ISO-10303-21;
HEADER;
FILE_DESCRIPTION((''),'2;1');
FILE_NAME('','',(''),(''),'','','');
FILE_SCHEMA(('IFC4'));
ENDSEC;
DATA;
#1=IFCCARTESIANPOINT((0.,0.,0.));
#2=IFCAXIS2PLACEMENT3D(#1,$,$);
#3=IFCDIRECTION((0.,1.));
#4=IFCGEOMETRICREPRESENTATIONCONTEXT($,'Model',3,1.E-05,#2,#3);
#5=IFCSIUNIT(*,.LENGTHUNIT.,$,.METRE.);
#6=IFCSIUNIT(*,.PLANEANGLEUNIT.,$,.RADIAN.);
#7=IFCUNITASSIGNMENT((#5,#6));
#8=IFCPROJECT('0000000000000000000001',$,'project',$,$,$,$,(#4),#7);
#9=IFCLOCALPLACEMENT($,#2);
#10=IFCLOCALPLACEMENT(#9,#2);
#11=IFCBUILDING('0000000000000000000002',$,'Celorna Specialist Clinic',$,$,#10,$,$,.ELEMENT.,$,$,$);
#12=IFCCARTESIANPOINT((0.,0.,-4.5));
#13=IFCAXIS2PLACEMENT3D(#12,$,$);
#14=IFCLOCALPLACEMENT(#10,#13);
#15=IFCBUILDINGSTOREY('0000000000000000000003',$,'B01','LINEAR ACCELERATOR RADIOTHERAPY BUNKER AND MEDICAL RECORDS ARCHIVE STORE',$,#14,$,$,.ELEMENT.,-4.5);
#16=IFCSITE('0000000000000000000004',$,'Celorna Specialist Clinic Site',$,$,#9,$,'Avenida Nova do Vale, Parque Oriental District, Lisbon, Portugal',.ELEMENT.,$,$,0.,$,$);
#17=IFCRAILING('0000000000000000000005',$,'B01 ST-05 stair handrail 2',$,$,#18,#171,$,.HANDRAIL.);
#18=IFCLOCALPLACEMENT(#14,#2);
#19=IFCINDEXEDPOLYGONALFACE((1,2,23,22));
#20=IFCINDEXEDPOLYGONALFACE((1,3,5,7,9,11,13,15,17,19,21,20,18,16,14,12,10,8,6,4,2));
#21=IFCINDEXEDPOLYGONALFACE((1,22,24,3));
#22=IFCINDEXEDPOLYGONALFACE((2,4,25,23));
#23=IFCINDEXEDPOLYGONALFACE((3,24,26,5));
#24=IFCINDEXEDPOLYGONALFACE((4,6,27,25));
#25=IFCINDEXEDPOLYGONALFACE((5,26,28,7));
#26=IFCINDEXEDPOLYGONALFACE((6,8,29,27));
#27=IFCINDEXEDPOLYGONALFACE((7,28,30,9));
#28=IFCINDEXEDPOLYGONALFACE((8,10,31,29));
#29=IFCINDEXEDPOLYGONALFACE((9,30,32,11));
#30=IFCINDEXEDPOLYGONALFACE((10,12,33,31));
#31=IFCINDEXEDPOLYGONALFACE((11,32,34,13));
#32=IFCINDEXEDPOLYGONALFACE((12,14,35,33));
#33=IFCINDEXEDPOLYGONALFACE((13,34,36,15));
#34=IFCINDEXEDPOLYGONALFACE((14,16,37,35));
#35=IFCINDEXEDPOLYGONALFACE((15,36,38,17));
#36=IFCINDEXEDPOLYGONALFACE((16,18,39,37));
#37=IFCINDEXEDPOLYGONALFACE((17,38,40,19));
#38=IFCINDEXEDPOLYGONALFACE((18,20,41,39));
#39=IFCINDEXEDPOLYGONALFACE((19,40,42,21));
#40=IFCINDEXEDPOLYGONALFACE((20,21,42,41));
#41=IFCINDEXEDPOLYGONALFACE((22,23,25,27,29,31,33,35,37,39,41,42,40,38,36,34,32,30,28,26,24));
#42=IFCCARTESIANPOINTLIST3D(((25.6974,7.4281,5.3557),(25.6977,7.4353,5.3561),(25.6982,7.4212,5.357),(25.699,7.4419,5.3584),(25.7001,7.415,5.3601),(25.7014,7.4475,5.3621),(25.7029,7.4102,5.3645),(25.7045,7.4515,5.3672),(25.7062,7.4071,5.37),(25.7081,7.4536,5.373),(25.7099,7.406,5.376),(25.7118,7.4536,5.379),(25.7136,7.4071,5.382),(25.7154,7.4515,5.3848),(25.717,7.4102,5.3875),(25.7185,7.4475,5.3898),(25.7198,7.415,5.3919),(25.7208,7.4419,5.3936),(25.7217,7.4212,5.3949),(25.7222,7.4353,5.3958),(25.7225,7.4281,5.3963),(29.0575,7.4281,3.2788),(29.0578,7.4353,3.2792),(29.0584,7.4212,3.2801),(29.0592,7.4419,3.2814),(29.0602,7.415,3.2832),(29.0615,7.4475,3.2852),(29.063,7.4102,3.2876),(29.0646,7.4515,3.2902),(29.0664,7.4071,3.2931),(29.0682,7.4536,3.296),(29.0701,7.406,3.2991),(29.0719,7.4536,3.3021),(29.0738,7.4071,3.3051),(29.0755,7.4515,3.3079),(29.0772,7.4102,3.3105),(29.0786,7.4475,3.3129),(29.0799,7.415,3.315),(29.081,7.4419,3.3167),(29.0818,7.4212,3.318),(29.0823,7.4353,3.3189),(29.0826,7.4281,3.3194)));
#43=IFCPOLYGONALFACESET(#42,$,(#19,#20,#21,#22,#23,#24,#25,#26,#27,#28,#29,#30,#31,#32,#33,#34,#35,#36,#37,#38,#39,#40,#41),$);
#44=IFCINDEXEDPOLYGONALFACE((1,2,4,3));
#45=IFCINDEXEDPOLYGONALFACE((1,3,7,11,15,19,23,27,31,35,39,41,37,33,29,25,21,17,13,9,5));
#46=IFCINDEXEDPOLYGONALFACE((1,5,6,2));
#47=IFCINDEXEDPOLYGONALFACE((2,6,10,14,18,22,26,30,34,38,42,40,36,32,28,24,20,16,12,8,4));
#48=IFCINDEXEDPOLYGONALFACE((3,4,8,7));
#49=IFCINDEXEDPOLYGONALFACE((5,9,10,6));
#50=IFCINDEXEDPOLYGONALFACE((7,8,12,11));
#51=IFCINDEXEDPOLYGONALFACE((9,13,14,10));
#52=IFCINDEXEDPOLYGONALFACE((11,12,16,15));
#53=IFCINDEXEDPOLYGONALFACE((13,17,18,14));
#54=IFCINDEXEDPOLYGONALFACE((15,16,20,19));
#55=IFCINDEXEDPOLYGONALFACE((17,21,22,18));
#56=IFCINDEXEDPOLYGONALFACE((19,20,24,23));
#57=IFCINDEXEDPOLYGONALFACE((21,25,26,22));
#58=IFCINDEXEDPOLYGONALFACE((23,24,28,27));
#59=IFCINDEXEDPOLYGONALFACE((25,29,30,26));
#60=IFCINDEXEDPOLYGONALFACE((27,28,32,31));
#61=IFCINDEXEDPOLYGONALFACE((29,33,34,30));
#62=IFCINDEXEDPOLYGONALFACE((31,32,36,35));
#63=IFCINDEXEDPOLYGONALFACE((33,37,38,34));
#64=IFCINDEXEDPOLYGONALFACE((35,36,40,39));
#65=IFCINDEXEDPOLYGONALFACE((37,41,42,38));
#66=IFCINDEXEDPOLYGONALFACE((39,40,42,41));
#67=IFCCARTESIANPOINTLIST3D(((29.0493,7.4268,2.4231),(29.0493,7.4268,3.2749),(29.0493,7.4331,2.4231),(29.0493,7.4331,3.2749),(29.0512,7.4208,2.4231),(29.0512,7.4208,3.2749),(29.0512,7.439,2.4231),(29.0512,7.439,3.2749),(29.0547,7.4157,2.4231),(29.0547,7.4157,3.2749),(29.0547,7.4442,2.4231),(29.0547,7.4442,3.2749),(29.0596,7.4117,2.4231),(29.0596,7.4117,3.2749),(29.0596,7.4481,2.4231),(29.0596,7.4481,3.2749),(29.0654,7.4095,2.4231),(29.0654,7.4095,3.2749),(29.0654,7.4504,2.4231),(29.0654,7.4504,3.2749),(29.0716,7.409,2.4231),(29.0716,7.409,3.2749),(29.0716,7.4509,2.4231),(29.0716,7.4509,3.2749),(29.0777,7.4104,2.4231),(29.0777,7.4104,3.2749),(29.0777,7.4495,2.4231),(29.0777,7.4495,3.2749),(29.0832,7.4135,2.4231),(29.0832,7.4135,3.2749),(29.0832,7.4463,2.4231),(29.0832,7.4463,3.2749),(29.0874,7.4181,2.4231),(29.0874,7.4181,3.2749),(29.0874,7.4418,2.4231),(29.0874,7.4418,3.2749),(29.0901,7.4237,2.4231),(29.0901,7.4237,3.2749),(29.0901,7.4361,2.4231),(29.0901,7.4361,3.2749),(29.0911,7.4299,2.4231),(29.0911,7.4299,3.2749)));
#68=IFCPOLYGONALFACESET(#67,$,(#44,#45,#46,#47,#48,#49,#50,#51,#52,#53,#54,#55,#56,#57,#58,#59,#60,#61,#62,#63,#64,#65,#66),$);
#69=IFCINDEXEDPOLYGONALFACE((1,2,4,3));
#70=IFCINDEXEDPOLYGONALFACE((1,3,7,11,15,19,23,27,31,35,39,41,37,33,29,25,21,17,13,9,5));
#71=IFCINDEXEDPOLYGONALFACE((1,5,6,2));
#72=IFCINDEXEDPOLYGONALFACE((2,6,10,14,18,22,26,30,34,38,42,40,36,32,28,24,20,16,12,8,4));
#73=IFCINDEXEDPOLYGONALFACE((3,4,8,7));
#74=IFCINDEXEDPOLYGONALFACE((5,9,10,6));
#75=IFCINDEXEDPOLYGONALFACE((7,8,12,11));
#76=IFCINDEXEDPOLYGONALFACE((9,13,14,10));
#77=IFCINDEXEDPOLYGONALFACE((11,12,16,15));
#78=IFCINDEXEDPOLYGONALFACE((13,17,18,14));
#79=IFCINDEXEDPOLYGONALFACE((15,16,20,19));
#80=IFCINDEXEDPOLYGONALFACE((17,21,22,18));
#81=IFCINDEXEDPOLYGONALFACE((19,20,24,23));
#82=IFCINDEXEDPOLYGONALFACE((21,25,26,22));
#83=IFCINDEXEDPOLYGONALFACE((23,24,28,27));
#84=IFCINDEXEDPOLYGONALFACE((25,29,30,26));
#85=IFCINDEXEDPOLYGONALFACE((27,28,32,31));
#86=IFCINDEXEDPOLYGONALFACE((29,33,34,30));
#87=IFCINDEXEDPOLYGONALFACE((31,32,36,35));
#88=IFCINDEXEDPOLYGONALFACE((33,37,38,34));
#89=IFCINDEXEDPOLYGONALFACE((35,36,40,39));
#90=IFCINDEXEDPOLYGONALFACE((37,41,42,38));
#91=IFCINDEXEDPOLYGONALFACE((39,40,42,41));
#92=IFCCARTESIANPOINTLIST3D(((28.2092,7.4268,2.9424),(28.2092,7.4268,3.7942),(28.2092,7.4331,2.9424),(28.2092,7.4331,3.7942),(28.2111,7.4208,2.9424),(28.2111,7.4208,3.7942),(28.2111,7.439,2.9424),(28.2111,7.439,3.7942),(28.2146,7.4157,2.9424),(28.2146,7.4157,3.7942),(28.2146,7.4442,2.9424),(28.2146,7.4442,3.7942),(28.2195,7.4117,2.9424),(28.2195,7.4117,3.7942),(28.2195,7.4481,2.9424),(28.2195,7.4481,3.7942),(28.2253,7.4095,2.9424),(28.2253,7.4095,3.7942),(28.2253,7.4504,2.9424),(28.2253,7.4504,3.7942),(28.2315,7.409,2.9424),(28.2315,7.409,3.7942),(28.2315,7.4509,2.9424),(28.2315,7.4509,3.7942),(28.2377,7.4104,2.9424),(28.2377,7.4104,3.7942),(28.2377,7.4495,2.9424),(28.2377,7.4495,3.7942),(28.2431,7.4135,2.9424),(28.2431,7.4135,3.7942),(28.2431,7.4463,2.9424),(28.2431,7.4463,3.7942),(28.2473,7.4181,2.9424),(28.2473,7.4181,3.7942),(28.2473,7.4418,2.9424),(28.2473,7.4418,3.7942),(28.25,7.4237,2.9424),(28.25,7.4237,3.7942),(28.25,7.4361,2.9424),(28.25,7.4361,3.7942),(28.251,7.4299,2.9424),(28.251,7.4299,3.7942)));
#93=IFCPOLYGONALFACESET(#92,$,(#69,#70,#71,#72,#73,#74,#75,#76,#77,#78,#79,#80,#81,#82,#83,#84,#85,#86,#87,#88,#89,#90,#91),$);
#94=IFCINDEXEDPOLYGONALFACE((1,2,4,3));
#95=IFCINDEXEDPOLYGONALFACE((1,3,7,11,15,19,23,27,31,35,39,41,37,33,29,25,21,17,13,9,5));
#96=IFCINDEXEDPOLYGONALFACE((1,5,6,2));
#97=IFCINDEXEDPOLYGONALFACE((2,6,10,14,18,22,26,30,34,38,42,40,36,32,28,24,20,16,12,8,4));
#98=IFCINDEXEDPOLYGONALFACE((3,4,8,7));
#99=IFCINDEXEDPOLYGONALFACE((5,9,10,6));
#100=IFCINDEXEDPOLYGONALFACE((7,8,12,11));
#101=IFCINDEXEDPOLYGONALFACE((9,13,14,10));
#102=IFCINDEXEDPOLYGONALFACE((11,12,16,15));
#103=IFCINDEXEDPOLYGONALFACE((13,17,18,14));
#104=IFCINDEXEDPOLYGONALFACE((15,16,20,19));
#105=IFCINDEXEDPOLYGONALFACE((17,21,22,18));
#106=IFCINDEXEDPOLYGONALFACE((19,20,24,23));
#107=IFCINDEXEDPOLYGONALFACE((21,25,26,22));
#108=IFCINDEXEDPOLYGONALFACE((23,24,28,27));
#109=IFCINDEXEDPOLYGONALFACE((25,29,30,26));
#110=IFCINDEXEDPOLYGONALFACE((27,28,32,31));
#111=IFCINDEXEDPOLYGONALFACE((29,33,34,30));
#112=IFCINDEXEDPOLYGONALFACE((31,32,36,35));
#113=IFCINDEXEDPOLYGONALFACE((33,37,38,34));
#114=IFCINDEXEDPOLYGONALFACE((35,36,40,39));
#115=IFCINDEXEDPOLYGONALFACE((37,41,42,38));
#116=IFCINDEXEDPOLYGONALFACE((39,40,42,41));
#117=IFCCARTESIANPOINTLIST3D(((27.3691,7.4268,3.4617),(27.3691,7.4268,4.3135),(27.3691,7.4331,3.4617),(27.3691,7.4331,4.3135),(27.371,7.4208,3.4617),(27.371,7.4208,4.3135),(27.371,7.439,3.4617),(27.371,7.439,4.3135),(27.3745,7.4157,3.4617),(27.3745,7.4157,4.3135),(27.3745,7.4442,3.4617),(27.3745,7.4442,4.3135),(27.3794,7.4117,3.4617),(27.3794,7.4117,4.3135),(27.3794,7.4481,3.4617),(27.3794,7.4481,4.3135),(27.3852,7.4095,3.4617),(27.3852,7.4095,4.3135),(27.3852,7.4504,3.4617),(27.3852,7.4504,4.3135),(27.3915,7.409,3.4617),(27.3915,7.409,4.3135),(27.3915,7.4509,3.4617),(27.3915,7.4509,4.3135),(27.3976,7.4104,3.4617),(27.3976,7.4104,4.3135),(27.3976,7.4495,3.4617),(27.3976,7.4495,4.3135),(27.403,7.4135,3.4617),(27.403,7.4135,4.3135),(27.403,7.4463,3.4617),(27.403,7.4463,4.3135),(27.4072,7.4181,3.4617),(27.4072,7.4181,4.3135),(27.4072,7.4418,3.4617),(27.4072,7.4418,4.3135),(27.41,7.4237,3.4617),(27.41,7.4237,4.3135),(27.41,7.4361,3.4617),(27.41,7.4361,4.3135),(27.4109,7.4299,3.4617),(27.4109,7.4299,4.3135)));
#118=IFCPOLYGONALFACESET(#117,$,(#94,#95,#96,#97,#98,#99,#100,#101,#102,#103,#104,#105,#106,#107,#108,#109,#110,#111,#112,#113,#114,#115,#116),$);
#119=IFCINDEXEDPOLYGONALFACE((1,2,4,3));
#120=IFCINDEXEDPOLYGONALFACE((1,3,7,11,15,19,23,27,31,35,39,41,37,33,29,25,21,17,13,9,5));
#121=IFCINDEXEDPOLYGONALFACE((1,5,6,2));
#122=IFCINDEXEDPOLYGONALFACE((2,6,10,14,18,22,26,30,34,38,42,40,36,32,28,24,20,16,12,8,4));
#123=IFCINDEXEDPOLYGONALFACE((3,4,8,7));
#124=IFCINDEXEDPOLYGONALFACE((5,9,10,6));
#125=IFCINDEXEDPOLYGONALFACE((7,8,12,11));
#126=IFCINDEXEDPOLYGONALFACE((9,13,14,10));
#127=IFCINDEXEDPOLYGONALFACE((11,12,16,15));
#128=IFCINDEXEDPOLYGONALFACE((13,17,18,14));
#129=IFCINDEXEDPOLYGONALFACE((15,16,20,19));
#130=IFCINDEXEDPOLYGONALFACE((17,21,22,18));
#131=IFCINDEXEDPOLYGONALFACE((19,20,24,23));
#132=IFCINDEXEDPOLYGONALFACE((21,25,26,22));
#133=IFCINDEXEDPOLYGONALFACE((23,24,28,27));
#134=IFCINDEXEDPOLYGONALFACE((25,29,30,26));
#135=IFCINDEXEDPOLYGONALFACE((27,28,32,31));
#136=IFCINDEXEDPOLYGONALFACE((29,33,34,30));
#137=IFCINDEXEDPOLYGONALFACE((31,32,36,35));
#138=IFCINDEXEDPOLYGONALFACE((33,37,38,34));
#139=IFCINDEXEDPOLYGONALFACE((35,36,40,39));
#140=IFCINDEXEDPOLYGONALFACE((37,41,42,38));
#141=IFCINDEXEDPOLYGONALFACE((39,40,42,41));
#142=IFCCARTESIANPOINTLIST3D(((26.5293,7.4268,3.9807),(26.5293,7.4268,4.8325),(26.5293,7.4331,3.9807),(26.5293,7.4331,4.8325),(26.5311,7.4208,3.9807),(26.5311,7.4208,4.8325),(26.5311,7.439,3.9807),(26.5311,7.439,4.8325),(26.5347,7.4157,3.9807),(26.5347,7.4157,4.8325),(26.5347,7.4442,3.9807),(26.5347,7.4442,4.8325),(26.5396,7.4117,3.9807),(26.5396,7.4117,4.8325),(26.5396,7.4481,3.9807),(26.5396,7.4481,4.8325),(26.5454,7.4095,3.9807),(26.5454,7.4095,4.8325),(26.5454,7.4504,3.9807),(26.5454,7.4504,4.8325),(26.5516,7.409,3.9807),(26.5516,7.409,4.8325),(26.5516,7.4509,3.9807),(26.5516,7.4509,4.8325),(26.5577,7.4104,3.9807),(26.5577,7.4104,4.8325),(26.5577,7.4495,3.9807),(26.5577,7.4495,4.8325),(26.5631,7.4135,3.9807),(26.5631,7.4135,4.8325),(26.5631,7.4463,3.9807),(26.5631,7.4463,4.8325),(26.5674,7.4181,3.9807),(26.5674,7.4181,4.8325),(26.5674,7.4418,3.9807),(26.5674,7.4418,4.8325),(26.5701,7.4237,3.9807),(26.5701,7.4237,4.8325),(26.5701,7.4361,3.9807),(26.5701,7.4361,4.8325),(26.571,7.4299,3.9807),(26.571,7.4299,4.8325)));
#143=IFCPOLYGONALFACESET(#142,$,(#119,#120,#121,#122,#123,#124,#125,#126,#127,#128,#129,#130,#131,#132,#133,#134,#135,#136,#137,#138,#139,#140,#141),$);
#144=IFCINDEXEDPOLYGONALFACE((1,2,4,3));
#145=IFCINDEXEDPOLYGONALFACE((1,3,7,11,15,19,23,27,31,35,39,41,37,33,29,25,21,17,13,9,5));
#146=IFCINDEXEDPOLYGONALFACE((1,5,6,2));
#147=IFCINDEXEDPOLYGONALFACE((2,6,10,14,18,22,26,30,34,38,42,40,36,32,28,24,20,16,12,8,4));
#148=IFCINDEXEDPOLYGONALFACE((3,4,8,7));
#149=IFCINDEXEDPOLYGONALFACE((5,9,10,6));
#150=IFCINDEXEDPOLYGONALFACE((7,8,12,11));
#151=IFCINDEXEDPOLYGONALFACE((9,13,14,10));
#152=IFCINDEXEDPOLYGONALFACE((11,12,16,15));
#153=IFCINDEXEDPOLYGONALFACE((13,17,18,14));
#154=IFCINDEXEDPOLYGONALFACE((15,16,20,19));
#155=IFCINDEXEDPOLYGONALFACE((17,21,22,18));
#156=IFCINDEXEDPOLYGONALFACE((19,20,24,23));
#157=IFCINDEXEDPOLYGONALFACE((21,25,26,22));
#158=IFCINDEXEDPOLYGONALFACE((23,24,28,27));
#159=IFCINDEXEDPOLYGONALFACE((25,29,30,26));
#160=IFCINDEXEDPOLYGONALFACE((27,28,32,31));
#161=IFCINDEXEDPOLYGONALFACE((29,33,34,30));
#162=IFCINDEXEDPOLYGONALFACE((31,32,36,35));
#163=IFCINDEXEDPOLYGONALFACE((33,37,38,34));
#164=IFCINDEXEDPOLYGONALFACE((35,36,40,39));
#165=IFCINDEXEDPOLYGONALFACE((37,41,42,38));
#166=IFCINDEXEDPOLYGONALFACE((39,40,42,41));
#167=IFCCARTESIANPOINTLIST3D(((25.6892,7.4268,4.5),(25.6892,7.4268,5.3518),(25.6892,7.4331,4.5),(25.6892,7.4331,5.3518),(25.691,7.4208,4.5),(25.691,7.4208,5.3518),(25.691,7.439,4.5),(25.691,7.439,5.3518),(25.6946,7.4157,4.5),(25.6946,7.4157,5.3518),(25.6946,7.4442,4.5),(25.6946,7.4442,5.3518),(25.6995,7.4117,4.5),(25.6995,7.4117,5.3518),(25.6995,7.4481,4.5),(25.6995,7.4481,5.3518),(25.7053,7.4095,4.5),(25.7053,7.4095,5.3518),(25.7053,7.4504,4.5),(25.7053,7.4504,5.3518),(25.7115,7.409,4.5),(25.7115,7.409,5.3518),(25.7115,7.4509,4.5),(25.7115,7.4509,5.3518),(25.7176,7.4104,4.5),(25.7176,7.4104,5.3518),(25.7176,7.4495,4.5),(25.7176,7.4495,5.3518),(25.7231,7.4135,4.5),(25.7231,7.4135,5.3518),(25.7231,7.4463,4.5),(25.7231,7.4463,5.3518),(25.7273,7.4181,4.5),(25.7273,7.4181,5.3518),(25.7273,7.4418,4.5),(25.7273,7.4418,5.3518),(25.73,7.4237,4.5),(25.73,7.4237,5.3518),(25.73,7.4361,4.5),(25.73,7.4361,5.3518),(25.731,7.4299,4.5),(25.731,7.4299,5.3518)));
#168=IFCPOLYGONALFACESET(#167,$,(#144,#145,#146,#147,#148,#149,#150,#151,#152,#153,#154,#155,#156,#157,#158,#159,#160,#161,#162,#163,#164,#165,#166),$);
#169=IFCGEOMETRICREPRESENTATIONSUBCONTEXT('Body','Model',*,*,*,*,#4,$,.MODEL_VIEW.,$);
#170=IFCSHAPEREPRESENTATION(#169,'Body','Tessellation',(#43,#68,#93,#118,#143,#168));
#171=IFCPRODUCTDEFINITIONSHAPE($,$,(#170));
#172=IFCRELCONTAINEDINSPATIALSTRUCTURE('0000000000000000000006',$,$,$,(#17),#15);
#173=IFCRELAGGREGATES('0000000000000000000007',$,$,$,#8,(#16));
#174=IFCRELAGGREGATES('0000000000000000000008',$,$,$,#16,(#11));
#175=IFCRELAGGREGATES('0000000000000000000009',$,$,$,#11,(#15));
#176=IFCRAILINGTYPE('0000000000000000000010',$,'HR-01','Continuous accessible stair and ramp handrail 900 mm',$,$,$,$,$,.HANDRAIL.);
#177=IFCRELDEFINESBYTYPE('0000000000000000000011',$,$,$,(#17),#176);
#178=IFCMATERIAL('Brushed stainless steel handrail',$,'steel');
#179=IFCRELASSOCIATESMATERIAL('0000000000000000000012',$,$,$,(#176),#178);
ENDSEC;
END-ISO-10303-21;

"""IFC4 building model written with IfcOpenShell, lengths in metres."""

from ifc_helpers import new_model, si_unit, direction, frame, origin, origin_2d, place, context, subcontext, project, spatial, circle, extrude, material, type_object, element, save


model = new_model("IFC4")

# Units and contexts
model_context = context("Model", 3, precision=1e-05, world=origin(), true_north=direction((0.0, 1.0)))
body_context = subcontext(model_context, "Body", "Model", "MODEL_VIEW")
ifc_project = project(units=[si_unit("LENGTHUNIT", "METRE"), si_unit("PLANEANGLEUNIT", "RADIAN")], contexts=[model_context])

# Site, building, storey
site_placement = place(None, origin())
site = spatial("IfcSite", under=ifc_project, at=site_placement, Name="Celorna Specialist Clinic Site", LongName="Avenida Nova do Vale, Parque Oriental District, Lisbon, Portugal", CompositionType="ELEMENT", RefElevation=0.0)
building_placement = place(site_placement, origin())
building = spatial("IfcBuilding", under=site, at=building_placement, Name="Celorna Specialist Clinic", CompositionType="ELEMENT")
storey_placement = place(building_placement, frame((0.0, 0.0, -4.5)))
storey = spatial("IfcBuildingStorey", under=building, at=storey_placement, Name="B01", Description="LINEAR ACCELERATOR RADIOTHERAPY BUNKER AND MEDICAL RECORDS ARCHIVE STORE", CompositionType="ELEMENT", Elevation=-4.5)

# Railing
ifc_material_1 = material(Name="Brushed stainless steel handrail", Category="steel")
railing_type_1 = type_object("IfcRailingType", Name="HR-01", Description="Continuous accessible stair and ramp handrail 900 mm", PredefinedType="HANDRAIL", material=ifc_material_1)
railing_1_placement = place(storey_placement, frame((29.0701, 7.4299, 2.4231)))
element("IfcRailing", 1, at=railing_1_placement, inside=storey, type_object=railing_type_1, Name="B01 ST-05 stair handrail 2", PredefinedType="HANDRAIL", context=body_context, shape_type="SweptSolid", body=[
    extrude(circle(Radius=0.0239, at=origin_2d()), frame((0.0, 0.0, 0.876), z_axis=(-0.850623, 0.0, 0.525776), x_axis=(0.0, -1.0, 0.0)), (0.0, 0.0, 1.0), 3.9502),
    extrude(circle(Radius=0.021, at=origin_2d()), origin(), (0.0, 0.0, 1.0), 0.8518),
    extrude(circle(Radius=0.021, at=origin_2d()), frame((-0.8401, 0.0, 0.5193)), (0.0, 0.0, 1.0), 0.8518),
    extrude(circle(Radius=0.021, at=origin_2d()), frame((-1.6802, 0.0, 1.0386)), (0.0, 0.0, 1.0), 0.8518),
    extrude(circle(Radius=0.021, at=origin_2d()), frame((-2.52, 0.0, 1.5576)), (0.0, 0.0, 1.0), 0.8518),
    extrude(circle(Radius=0.021, at=origin_2d()), frame((-3.3601, 0.0, 2.0769)), (0.0, 0.0, 1.0), 0.8518),
])

save(model, "model.ifc")
